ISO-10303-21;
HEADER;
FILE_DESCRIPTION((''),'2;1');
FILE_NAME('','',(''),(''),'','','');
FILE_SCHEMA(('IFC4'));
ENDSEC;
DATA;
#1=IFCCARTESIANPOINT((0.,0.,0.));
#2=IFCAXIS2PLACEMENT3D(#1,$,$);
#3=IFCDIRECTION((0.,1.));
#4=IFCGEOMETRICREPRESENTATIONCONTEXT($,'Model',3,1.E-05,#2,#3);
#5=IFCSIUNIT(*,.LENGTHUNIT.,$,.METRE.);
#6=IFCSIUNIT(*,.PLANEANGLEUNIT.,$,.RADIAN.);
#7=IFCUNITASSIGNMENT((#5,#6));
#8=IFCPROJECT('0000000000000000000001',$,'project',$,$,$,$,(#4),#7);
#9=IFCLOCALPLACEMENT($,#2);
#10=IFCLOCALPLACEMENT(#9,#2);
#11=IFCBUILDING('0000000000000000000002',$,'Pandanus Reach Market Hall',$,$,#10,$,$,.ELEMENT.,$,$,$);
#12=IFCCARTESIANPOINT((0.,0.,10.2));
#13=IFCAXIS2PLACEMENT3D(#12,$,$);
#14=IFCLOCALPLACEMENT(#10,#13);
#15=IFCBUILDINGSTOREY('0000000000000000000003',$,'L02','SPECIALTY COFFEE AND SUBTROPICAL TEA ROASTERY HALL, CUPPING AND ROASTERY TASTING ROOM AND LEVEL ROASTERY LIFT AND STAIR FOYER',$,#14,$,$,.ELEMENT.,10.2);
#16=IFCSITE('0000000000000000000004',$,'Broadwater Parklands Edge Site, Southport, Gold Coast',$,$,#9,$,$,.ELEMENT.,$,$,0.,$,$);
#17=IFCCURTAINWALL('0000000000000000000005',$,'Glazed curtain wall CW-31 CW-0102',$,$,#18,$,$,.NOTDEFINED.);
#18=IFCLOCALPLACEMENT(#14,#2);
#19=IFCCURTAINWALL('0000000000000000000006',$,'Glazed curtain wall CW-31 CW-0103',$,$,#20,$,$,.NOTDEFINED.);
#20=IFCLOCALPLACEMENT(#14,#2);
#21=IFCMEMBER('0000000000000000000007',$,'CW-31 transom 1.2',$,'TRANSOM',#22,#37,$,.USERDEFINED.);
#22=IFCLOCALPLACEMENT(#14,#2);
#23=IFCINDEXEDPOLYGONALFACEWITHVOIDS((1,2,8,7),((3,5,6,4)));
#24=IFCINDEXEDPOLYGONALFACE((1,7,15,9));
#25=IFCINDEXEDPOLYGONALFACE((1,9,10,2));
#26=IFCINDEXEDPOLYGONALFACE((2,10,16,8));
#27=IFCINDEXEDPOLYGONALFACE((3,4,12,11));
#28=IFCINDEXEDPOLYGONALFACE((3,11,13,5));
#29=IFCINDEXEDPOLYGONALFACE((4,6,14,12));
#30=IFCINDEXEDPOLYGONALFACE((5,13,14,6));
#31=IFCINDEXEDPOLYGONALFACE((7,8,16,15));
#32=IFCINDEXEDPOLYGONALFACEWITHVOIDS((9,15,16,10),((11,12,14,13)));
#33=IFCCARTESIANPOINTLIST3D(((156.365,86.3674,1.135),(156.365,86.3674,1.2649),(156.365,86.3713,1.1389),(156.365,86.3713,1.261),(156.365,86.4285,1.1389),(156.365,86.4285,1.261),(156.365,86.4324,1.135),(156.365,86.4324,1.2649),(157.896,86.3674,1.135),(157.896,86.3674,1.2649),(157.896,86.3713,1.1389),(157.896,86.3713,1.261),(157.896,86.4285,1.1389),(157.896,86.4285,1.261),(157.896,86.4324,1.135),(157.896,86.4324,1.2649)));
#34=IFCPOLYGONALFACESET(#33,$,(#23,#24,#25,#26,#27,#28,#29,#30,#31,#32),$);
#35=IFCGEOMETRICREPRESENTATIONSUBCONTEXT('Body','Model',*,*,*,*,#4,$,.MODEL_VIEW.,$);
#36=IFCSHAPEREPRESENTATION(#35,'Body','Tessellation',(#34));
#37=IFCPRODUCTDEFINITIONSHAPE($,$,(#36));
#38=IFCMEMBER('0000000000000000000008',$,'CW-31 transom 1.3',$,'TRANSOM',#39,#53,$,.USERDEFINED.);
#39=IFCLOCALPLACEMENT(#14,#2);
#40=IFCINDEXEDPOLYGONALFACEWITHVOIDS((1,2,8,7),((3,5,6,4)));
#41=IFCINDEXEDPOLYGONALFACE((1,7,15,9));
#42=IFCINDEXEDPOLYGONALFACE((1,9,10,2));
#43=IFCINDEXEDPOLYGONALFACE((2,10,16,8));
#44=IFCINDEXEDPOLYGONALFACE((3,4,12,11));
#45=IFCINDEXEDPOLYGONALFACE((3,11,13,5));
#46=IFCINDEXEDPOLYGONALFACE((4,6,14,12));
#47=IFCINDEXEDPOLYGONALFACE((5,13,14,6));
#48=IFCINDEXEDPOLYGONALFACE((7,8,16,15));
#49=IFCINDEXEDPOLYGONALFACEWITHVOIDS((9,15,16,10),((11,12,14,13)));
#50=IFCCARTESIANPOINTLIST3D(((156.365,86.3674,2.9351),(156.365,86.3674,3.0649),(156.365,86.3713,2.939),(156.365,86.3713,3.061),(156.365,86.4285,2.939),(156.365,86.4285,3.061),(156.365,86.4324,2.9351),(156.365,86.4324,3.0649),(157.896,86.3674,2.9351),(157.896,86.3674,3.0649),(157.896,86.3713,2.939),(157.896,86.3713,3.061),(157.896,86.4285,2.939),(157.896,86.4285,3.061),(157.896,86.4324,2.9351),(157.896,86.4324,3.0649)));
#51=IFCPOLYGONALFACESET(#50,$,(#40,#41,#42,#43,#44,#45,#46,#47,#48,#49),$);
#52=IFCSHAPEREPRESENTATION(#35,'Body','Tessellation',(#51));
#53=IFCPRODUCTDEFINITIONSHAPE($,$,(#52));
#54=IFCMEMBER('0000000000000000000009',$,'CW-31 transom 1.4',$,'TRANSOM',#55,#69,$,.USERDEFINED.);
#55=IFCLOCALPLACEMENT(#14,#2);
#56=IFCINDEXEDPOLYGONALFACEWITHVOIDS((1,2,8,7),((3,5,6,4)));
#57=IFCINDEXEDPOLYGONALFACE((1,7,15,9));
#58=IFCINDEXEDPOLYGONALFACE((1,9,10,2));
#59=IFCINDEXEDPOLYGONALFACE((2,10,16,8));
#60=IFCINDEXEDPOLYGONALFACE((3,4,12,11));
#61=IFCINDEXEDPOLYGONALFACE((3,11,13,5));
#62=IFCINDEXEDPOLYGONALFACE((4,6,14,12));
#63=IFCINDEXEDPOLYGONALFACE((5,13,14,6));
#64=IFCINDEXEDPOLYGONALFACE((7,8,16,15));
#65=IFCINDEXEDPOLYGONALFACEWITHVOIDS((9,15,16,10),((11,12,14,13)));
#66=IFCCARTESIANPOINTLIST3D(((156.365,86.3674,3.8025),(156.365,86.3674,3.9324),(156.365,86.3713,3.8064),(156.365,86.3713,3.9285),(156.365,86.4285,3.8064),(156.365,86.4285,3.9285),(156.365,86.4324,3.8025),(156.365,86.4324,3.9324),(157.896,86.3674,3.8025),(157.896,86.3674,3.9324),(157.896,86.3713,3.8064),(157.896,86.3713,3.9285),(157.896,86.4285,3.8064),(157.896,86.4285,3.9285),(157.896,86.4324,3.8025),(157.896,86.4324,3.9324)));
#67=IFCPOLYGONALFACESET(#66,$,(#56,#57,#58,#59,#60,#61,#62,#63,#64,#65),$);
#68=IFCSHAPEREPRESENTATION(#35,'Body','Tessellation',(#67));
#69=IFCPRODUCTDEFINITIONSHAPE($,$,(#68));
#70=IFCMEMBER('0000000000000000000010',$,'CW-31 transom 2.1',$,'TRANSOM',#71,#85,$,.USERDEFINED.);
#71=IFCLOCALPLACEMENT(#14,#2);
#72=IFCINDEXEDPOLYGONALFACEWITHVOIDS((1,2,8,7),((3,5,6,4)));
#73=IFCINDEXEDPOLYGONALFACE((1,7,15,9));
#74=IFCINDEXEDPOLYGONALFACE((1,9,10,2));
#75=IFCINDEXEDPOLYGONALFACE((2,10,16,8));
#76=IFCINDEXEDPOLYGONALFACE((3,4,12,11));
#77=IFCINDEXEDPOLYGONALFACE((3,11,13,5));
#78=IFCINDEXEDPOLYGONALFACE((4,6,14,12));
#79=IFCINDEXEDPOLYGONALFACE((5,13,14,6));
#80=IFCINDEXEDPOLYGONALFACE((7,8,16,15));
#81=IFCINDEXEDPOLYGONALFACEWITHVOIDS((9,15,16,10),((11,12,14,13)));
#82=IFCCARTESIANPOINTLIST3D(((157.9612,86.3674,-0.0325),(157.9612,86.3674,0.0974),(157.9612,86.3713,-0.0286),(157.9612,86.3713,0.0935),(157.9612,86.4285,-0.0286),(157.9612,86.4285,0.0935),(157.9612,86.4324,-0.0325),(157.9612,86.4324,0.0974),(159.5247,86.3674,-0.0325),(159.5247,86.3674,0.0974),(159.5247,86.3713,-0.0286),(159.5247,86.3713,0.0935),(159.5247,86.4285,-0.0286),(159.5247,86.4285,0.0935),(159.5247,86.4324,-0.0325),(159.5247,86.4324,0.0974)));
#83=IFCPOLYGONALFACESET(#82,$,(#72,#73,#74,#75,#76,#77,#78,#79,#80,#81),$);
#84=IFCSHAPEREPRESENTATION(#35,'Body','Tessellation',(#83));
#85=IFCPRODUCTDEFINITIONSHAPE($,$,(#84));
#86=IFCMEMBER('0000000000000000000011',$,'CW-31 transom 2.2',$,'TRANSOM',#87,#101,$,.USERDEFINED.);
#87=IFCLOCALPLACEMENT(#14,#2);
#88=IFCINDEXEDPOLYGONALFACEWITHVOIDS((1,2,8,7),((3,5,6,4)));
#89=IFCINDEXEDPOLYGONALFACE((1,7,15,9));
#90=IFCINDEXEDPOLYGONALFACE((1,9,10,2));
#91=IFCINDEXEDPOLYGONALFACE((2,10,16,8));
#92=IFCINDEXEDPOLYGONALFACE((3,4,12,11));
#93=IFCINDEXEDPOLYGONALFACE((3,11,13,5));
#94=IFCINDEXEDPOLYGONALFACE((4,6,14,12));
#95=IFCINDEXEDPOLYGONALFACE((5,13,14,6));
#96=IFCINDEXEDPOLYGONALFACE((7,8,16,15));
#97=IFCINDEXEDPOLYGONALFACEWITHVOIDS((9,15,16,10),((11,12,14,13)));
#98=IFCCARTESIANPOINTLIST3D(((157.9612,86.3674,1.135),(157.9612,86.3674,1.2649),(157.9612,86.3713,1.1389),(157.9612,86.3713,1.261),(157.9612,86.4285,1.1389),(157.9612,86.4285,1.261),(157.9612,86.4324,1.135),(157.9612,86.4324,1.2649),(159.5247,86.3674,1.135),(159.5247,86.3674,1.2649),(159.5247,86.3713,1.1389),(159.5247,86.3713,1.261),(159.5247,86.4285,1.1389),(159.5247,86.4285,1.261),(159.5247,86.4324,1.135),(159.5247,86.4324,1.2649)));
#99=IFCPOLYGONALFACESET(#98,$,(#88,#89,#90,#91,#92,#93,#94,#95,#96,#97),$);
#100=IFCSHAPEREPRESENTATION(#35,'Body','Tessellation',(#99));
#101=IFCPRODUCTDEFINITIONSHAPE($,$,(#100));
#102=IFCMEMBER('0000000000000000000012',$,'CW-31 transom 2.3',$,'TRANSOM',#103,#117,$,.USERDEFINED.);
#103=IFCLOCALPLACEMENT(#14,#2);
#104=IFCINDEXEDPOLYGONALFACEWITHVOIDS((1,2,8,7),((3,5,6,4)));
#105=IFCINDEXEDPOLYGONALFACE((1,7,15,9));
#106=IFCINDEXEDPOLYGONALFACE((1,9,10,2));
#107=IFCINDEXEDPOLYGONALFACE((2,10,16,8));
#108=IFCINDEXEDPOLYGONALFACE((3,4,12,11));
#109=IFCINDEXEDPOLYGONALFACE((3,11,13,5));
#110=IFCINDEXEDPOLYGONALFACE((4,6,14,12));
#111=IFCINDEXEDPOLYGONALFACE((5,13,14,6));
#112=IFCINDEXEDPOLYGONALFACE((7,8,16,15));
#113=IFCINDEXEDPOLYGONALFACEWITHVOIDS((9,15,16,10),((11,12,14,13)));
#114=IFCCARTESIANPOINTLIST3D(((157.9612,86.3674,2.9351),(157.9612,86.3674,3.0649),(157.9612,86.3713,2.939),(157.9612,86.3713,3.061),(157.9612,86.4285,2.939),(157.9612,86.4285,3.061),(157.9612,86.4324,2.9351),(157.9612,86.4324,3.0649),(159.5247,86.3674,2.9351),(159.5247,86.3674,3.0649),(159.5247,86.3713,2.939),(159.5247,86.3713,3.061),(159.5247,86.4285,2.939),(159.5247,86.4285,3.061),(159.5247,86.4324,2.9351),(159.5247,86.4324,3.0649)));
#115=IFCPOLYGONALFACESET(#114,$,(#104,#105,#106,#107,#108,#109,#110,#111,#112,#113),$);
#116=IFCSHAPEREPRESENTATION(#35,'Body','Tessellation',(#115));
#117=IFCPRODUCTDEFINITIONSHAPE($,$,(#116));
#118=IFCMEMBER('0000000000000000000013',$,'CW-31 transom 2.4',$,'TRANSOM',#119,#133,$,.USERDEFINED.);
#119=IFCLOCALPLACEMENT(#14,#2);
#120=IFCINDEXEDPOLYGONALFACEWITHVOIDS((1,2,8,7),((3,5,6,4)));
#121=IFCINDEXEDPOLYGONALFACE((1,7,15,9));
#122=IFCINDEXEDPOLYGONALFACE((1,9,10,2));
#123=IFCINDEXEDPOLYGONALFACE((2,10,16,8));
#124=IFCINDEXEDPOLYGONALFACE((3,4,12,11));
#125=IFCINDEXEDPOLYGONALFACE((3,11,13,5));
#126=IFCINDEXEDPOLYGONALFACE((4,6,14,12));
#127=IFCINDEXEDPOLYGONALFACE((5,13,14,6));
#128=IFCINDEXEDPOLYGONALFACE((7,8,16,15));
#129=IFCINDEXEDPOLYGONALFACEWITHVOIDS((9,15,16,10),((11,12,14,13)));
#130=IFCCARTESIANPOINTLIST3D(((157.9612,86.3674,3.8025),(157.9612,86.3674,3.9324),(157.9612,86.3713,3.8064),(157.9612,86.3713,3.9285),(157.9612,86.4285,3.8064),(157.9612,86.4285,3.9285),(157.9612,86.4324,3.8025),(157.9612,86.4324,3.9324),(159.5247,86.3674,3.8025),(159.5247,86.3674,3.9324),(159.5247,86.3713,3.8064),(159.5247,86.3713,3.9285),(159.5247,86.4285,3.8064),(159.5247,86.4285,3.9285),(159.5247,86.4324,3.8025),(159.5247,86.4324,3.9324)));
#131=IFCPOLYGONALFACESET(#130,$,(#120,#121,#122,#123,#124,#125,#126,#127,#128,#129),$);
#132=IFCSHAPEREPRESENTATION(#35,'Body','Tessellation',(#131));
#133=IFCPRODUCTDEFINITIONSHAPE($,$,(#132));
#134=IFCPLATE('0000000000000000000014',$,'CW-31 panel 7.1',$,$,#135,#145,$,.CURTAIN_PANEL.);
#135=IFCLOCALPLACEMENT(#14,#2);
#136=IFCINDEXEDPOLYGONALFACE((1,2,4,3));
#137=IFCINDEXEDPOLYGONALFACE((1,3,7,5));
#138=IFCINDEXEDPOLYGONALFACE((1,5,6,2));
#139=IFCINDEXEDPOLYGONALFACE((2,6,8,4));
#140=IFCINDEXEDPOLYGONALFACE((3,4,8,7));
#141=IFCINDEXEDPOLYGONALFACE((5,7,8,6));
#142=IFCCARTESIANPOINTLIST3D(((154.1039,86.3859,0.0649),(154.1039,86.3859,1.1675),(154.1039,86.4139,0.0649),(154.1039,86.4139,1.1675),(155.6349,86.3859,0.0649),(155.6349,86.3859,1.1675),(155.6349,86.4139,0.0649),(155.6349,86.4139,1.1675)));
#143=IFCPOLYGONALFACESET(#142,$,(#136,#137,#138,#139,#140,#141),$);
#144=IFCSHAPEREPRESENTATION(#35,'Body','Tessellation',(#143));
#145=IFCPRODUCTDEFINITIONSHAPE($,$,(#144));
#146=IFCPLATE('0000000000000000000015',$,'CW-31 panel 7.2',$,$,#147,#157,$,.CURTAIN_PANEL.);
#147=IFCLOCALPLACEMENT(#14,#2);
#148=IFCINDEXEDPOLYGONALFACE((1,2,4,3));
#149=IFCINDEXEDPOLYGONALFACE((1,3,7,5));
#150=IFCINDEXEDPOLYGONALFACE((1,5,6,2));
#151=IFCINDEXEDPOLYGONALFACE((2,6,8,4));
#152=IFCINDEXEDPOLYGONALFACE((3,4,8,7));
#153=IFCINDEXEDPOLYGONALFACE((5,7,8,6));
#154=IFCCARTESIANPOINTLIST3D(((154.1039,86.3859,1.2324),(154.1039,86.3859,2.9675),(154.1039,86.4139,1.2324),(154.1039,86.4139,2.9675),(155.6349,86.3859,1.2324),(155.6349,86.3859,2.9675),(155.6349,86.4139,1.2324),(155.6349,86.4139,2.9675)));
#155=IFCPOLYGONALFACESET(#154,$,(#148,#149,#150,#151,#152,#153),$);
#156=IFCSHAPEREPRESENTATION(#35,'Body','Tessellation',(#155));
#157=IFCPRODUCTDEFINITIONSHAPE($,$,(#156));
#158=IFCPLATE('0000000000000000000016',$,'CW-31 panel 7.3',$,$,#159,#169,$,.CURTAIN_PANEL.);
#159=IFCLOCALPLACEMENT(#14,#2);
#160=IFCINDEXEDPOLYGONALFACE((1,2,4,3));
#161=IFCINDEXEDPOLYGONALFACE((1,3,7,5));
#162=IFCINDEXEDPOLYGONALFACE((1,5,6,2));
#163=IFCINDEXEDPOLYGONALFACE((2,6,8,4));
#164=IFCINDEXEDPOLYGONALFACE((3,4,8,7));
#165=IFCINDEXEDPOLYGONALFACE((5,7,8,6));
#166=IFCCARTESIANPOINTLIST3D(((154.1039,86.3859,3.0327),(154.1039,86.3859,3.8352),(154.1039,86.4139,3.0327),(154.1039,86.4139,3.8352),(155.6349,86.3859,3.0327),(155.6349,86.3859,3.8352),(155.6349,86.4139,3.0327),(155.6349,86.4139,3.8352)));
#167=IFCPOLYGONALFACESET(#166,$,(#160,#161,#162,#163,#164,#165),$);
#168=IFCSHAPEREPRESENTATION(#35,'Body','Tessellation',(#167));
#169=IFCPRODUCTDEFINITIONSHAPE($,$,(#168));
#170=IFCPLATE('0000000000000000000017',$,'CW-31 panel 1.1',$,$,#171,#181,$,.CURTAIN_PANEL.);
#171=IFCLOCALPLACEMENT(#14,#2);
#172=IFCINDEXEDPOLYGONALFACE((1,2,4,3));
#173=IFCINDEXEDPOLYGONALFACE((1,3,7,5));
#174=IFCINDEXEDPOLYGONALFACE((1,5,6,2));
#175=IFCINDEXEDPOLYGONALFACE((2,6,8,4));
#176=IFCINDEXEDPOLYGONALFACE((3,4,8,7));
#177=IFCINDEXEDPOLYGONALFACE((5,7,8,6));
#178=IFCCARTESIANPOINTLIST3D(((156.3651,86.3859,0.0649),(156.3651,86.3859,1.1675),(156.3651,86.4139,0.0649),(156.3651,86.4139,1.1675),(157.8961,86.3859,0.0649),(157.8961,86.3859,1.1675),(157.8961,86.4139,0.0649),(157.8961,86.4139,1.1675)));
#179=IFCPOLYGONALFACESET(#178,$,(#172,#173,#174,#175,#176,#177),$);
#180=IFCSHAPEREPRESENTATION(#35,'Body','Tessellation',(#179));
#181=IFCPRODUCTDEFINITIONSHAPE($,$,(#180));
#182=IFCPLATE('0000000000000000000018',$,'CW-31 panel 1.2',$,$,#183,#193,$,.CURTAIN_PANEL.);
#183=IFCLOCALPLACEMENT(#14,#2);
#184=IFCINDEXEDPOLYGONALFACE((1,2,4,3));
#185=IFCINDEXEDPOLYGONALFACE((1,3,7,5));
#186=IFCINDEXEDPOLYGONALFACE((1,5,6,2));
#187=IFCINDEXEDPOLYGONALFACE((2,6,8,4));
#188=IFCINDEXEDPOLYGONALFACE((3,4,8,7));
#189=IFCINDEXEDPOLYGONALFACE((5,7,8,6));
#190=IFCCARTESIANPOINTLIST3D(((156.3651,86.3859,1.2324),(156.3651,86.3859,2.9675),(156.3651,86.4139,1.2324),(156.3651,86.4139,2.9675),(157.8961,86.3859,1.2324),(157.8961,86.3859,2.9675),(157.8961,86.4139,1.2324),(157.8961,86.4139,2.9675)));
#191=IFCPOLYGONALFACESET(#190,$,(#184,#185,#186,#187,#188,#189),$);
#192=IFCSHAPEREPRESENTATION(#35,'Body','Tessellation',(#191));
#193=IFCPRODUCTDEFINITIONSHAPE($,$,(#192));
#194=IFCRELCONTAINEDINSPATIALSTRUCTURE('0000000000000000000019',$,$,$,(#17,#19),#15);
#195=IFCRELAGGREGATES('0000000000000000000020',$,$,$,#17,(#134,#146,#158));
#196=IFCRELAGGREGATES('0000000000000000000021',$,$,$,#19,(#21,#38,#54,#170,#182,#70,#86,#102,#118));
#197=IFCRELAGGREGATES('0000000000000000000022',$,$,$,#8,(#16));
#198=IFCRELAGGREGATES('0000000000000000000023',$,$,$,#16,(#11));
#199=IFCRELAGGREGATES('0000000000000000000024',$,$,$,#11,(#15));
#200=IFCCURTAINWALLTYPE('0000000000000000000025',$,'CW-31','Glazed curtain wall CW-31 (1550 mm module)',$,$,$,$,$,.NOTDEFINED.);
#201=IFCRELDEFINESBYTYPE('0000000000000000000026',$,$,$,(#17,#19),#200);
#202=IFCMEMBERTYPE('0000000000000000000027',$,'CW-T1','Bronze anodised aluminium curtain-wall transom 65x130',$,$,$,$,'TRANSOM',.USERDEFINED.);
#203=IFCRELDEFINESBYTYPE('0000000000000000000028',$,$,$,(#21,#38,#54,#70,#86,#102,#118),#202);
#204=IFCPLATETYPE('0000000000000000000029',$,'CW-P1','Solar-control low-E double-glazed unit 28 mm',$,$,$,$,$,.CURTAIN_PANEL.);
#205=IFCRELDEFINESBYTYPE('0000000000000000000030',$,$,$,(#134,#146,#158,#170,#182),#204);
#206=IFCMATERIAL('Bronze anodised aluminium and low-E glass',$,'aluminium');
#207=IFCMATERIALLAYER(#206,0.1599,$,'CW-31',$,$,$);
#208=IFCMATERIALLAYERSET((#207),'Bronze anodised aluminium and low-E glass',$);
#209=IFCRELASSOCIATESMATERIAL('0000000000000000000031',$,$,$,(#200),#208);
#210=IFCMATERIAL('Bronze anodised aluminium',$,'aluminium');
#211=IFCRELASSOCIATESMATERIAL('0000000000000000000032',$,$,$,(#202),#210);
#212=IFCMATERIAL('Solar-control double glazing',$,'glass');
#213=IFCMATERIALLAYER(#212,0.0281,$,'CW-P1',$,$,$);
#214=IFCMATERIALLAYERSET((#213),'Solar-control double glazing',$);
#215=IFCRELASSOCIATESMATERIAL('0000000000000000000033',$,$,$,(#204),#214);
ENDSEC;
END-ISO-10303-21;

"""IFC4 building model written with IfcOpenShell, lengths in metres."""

from ifc_helpers import new_model, si_unit, direction, frame, origin, origin_2d, place, context, subcontext, project, spatial, rectangle, hollow_rectangle, extrude, material, layer, layer_set, material_profile, profile_set, type_object, element, aggregate, save


model = new_model("IFC4")

# Units and contexts
model_context = context("Model", 3, precision=1e-05, world=origin(), true_north=direction((0.0, 1.0)))
body_context = subcontext(model_context, "Body", "Model", "MODEL_VIEW")
ifc_project = project(units=[si_unit("LENGTHUNIT", "METRE"), si_unit("PLANEANGLEUNIT", "RADIAN")], contexts=[model_context])

# Site, building, storey
site_placement = place(None, origin())
site = spatial("IfcSite", under=ifc_project, at=site_placement, Name="Broadwater Parklands Edge Site, Southport, Gold Coast", CompositionType="ELEMENT", RefElevation=0.0)
building_placement = place(site_placement, origin())
building = spatial("IfcBuilding", under=site, at=building_placement, Name="Pandanus Reach Market Hall", CompositionType="ELEMENT")
storey_placement = place(building_placement, frame((0.0, 0.0, 10.2)))
storey = spatial("IfcBuildingStorey", under=building, at=storey_placement, Name="L02", Description="SPECIALTY COFFEE AND SUBTROPICAL TEA ROASTERY HALL, CUPPING AND ROASTERY TASTING ROOM AND LEVEL ROASTERY LIFT AND STAIR FOYER", CompositionType="ELEMENT", Elevation=10.2)

# Curtain walls
ifc_material_1 = material(Name="Bronze anodised aluminium and low-E glass", Category="aluminium")
ifc_layer_1 = layer(ifc_material_1, 0.1599, Name="CW-31")
ifc_layer_set_1 = layer_set([ifc_layer_1], Name="Bronze anodised aluminium and low-E glass")
curtain_wall_type = type_object("IfcCurtainWallType", Name="CW-31", Description="Glazed curtain wall CW-31 (1550 mm module)", PredefinedType="NOTDEFINED", material=ifc_layer_set_1)
curtain_wall_1_placement = place(storey_placement, origin())
curtain_wall_1 = element("IfcCurtainWall", 1, at=curtain_wall_1_placement, inside=storey, type_object=curtain_wall_type, Name="Glazed curtain wall CW-31 CW-0102", PredefinedType="NOTDEFINED")
ifc_material_2 = material(Name="Bronze anodised aluminium", Category="aluminium")
curtain_wall_2_placement = place(storey_placement, origin())
curtain_wall_2 = element("IfcCurtainWall", 2, at=curtain_wall_2_placement, inside=storey, type_object=curtain_wall_type, Name="Glazed curtain wall CW-31 CW-0103", PredefinedType="NOTDEFINED")

# Members
ifc_material_profile_1 = material_profile(ifc_material_2, hollow_rectangle(XDim=0.0649, YDim=0.1299, WallThickness=0.0039, at=origin_2d()), Name="ALU65x130", Category="LoadBearing")
ifc_profile_set_1 = profile_set([ifc_material_profile_1], Name="Bronze anodised aluminium")
member_type_1 = type_object("IfcMemberType", Name="CW-T1", Description="Bronze anodised aluminium curtain-wall transom 65x130", ElementType="TRANSOM", PredefinedType="USERDEFINED", material=ifc_profile_set_1)
member_1_placement = place(storey_placement, frame((156.365, 86.3999, 1.2), z_axis=(1.0, 0.0, 0.0), x_axis=(0.0, 1.0, 0.0)))
member_1 = element("IfcMember", 3, at=member_1_placement, type_object=member_type_1, Name="CW-31 transom 1.2", ObjectType="TRANSOM", PredefinedType="USERDEFINED", context=body_context, shape_type="SweptSolid", body=[
    extrude(hollow_rectangle(XDim=0.0649, YDim=0.1299, WallThickness=0.0039, at=origin_2d()), origin(), (0.0, 0.0, 1.0), 1.531),
])
member_2_placement = place(storey_placement, frame((156.365, 86.3999, 3.0), z_axis=(1.0, 0.0, 0.0), x_axis=(0.0, 1.0, 0.0)))
member_2 = element("IfcMember", 4, at=member_2_placement, type_object=member_type_1, Name="CW-31 transom 1.3", ObjectType="TRANSOM", PredefinedType="USERDEFINED", context=body_context, shape_type="SweptSolid", body=[
    extrude(hollow_rectangle(XDim=0.0649, YDim=0.1299, WallThickness=0.0039, at=origin_2d()), origin(), (0.0, 0.0, 1.0), 1.531),
])
member_3_placement = place(storey_placement, frame((156.365, 86.3999, 3.8674), z_axis=(1.0, 0.0, 0.0), x_axis=(0.0, 1.0, 0.0)))
member_3 = element("IfcMember", 5, at=member_3_placement, type_object=member_type_1, Name="CW-31 transom 1.4", ObjectType="TRANSOM", PredefinedType="USERDEFINED", context=body_context, shape_type="SweptSolid", body=[
    extrude(hollow_rectangle(XDim=0.0649, YDim=0.1299, WallThickness=0.0039, at=origin_2d()), origin(), (0.0, 0.0, 1.0), 1.531),
])
member_4_placement = place(storey_placement, frame((157.9612, 86.3999, 0.0325), z_axis=(1.0, 0.0, 0.0), x_axis=(0.0, 1.0, 0.0)))
member_4 = element("IfcMember", 6, at=member_4_placement, type_object=member_type_1, Name="CW-31 transom 2.1", ObjectType="TRANSOM", PredefinedType="USERDEFINED", context=body_context, shape_type="SweptSolid", body=[
    extrude(hollow_rectangle(XDim=0.0649, YDim=0.1299, WallThickness=0.0039, at=origin_2d()), origin(), (0.0, 0.0, 1.0), 1.5635),
])
member_5_placement = place(storey_placement, frame((157.9612, 86.3999, 1.2), z_axis=(1.0, 0.0, 0.0), x_axis=(0.0, 1.0, 0.0)))
member_5 = element("IfcMember", 7, at=member_5_placement, type_object=member_type_1, Name="CW-31 transom 2.2", ObjectType="TRANSOM", PredefinedType="USERDEFINED", context=body_context, shape_type="SweptSolid", body=[
    extrude(hollow_rectangle(XDim=0.0649, YDim=0.1299, WallThickness=0.0039, at=origin_2d()), origin(), (0.0, 0.0, 1.0), 1.5635),
])
member_6_placement = place(storey_placement, frame((157.9612, 86.3999, 3.0), z_axis=(1.0, 0.0, 0.0), x_axis=(0.0, 1.0, 0.0)))
member_6 = element("IfcMember", 8, at=member_6_placement, type_object=member_type_1, Name="CW-31 transom 2.3", ObjectType="TRANSOM", PredefinedType="USERDEFINED", context=body_context, shape_type="SweptSolid", body=[
    extrude(hollow_rectangle(XDim=0.0649, YDim=0.1299, WallThickness=0.0039, at=origin_2d()), origin(), (0.0, 0.0, 1.0), 1.5635),
])
member_7_placement = place(storey_placement, frame((157.9612, 86.3999, 3.8674), z_axis=(1.0, 0.0, 0.0), x_axis=(0.0, 1.0, 0.0)))
member_7 = element("IfcMember", 9, at=member_7_placement, type_object=member_type_1, Name="CW-31 transom 2.4", ObjectType="TRANSOM", PredefinedType="USERDEFINED", context=body_context, shape_type="SweptSolid", body=[
    extrude(hollow_rectangle(XDim=0.0649, YDim=0.1299, WallThickness=0.0039, at=origin_2d()), origin(), (0.0, 0.0, 1.0), 1.5635),
])

# Plates
ifc_material_3 = material(Name="Solar-control double glazing", Category="glass")
ifc_layer_2 = layer(ifc_material_3, 0.0281, Name="CW-P1")
ifc_layer_set_2 = layer_set([ifc_layer_2], Name="Solar-control double glazing")
plate_type = type_object("IfcPlateType", Name="CW-P1", Description="Solar-control low-E double-glazed unit 28 mm", PredefinedType="CURTAIN_PANEL", material=ifc_layer_set_2)
plate_1_placement = place(storey_placement, frame((154.8694, 86.3999, 0.0649), z_axis=(0.0, 0.0, 1.0), x_axis=(1.0, 0.0, 0.0)))
plate_1 = element("IfcPlate", 10, at=plate_1_placement, type_object=plate_type, Name="CW-31 panel 7.1", PredefinedType="CURTAIN_PANEL", context=body_context, shape_type="SweptSolid", body=[
    extrude(rectangle(XDim=1.531, YDim=0.0281, at=origin_2d()), origin(), (0.0, 0.0, 1.0), 1.1025),
])
plate_2_placement = place(storey_placement, frame((154.8694, 86.3999, 1.2324), z_axis=(0.0, 0.0, 1.0), x_axis=(1.0, 0.0, 0.0)))
plate_2 = element("IfcPlate", 11, at=plate_2_placement, type_object=plate_type, Name="CW-31 panel 7.2", PredefinedType="CURTAIN_PANEL", context=body_context, shape_type="SweptSolid", body=[
    extrude(rectangle(XDim=1.531, YDim=0.0281, at=origin_2d()), origin(), (0.0, 0.0, 1.0), 1.7351),
])
plate_3_placement = place(storey_placement, frame((154.8694, 86.3999, 3.0327), z_axis=(0.0, 0.0, 1.0), x_axis=(1.0, 0.0, 0.0)))
plate_3 = element("IfcPlate", 12, at=plate_3_placement, type_object=plate_type, Name="CW-31 panel 7.3", PredefinedType="CURTAIN_PANEL", context=body_context, shape_type="SweptSolid", body=[
    extrude(rectangle(XDim=1.531, YDim=0.0281, at=origin_2d()), origin(), (0.0, 0.0, 1.0), 0.8025),
])
aggregate(curtain_wall_1, [plate_1, plate_2, plate_3])
plate_4_placement = place(storey_placement, frame((157.1306, 86.3999, 0.0649), z_axis=(0.0, 0.0, 1.0), x_axis=(1.0, 0.0, 0.0)))
plate_4 = element("IfcPlate", 13, at=plate_4_placement, type_object=plate_type, Name="CW-31 panel 1.1", PredefinedType="CURTAIN_PANEL", context=body_context, shape_type="SweptSolid", body=[
    extrude(rectangle(XDim=1.531, YDim=0.0281, at=origin_2d()), origin(), (0.0, 0.0, 1.0), 1.1025),
])
plate_5_placement = place(storey_placement, frame((157.1306, 86.3999, 1.2324), z_axis=(0.0, 0.0, 1.0), x_axis=(1.0, 0.0, 0.0)))
plate_5 = element("IfcPlate", 14, at=plate_5_placement, type_object=plate_type, Name="CW-31 panel 1.2", PredefinedType="CURTAIN_PANEL", context=body_context, shape_type="SweptSolid", body=[
    extrude(rectangle(XDim=1.531, YDim=0.0281, at=origin_2d()), origin(), (0.0, 0.0, 1.0), 1.7351),
])
aggregate(curtain_wall_2, [member_1, member_2, member_3, plate_4, plate_5, member_4, member_5, member_6, member_7])

save(model, "model.ifc")
